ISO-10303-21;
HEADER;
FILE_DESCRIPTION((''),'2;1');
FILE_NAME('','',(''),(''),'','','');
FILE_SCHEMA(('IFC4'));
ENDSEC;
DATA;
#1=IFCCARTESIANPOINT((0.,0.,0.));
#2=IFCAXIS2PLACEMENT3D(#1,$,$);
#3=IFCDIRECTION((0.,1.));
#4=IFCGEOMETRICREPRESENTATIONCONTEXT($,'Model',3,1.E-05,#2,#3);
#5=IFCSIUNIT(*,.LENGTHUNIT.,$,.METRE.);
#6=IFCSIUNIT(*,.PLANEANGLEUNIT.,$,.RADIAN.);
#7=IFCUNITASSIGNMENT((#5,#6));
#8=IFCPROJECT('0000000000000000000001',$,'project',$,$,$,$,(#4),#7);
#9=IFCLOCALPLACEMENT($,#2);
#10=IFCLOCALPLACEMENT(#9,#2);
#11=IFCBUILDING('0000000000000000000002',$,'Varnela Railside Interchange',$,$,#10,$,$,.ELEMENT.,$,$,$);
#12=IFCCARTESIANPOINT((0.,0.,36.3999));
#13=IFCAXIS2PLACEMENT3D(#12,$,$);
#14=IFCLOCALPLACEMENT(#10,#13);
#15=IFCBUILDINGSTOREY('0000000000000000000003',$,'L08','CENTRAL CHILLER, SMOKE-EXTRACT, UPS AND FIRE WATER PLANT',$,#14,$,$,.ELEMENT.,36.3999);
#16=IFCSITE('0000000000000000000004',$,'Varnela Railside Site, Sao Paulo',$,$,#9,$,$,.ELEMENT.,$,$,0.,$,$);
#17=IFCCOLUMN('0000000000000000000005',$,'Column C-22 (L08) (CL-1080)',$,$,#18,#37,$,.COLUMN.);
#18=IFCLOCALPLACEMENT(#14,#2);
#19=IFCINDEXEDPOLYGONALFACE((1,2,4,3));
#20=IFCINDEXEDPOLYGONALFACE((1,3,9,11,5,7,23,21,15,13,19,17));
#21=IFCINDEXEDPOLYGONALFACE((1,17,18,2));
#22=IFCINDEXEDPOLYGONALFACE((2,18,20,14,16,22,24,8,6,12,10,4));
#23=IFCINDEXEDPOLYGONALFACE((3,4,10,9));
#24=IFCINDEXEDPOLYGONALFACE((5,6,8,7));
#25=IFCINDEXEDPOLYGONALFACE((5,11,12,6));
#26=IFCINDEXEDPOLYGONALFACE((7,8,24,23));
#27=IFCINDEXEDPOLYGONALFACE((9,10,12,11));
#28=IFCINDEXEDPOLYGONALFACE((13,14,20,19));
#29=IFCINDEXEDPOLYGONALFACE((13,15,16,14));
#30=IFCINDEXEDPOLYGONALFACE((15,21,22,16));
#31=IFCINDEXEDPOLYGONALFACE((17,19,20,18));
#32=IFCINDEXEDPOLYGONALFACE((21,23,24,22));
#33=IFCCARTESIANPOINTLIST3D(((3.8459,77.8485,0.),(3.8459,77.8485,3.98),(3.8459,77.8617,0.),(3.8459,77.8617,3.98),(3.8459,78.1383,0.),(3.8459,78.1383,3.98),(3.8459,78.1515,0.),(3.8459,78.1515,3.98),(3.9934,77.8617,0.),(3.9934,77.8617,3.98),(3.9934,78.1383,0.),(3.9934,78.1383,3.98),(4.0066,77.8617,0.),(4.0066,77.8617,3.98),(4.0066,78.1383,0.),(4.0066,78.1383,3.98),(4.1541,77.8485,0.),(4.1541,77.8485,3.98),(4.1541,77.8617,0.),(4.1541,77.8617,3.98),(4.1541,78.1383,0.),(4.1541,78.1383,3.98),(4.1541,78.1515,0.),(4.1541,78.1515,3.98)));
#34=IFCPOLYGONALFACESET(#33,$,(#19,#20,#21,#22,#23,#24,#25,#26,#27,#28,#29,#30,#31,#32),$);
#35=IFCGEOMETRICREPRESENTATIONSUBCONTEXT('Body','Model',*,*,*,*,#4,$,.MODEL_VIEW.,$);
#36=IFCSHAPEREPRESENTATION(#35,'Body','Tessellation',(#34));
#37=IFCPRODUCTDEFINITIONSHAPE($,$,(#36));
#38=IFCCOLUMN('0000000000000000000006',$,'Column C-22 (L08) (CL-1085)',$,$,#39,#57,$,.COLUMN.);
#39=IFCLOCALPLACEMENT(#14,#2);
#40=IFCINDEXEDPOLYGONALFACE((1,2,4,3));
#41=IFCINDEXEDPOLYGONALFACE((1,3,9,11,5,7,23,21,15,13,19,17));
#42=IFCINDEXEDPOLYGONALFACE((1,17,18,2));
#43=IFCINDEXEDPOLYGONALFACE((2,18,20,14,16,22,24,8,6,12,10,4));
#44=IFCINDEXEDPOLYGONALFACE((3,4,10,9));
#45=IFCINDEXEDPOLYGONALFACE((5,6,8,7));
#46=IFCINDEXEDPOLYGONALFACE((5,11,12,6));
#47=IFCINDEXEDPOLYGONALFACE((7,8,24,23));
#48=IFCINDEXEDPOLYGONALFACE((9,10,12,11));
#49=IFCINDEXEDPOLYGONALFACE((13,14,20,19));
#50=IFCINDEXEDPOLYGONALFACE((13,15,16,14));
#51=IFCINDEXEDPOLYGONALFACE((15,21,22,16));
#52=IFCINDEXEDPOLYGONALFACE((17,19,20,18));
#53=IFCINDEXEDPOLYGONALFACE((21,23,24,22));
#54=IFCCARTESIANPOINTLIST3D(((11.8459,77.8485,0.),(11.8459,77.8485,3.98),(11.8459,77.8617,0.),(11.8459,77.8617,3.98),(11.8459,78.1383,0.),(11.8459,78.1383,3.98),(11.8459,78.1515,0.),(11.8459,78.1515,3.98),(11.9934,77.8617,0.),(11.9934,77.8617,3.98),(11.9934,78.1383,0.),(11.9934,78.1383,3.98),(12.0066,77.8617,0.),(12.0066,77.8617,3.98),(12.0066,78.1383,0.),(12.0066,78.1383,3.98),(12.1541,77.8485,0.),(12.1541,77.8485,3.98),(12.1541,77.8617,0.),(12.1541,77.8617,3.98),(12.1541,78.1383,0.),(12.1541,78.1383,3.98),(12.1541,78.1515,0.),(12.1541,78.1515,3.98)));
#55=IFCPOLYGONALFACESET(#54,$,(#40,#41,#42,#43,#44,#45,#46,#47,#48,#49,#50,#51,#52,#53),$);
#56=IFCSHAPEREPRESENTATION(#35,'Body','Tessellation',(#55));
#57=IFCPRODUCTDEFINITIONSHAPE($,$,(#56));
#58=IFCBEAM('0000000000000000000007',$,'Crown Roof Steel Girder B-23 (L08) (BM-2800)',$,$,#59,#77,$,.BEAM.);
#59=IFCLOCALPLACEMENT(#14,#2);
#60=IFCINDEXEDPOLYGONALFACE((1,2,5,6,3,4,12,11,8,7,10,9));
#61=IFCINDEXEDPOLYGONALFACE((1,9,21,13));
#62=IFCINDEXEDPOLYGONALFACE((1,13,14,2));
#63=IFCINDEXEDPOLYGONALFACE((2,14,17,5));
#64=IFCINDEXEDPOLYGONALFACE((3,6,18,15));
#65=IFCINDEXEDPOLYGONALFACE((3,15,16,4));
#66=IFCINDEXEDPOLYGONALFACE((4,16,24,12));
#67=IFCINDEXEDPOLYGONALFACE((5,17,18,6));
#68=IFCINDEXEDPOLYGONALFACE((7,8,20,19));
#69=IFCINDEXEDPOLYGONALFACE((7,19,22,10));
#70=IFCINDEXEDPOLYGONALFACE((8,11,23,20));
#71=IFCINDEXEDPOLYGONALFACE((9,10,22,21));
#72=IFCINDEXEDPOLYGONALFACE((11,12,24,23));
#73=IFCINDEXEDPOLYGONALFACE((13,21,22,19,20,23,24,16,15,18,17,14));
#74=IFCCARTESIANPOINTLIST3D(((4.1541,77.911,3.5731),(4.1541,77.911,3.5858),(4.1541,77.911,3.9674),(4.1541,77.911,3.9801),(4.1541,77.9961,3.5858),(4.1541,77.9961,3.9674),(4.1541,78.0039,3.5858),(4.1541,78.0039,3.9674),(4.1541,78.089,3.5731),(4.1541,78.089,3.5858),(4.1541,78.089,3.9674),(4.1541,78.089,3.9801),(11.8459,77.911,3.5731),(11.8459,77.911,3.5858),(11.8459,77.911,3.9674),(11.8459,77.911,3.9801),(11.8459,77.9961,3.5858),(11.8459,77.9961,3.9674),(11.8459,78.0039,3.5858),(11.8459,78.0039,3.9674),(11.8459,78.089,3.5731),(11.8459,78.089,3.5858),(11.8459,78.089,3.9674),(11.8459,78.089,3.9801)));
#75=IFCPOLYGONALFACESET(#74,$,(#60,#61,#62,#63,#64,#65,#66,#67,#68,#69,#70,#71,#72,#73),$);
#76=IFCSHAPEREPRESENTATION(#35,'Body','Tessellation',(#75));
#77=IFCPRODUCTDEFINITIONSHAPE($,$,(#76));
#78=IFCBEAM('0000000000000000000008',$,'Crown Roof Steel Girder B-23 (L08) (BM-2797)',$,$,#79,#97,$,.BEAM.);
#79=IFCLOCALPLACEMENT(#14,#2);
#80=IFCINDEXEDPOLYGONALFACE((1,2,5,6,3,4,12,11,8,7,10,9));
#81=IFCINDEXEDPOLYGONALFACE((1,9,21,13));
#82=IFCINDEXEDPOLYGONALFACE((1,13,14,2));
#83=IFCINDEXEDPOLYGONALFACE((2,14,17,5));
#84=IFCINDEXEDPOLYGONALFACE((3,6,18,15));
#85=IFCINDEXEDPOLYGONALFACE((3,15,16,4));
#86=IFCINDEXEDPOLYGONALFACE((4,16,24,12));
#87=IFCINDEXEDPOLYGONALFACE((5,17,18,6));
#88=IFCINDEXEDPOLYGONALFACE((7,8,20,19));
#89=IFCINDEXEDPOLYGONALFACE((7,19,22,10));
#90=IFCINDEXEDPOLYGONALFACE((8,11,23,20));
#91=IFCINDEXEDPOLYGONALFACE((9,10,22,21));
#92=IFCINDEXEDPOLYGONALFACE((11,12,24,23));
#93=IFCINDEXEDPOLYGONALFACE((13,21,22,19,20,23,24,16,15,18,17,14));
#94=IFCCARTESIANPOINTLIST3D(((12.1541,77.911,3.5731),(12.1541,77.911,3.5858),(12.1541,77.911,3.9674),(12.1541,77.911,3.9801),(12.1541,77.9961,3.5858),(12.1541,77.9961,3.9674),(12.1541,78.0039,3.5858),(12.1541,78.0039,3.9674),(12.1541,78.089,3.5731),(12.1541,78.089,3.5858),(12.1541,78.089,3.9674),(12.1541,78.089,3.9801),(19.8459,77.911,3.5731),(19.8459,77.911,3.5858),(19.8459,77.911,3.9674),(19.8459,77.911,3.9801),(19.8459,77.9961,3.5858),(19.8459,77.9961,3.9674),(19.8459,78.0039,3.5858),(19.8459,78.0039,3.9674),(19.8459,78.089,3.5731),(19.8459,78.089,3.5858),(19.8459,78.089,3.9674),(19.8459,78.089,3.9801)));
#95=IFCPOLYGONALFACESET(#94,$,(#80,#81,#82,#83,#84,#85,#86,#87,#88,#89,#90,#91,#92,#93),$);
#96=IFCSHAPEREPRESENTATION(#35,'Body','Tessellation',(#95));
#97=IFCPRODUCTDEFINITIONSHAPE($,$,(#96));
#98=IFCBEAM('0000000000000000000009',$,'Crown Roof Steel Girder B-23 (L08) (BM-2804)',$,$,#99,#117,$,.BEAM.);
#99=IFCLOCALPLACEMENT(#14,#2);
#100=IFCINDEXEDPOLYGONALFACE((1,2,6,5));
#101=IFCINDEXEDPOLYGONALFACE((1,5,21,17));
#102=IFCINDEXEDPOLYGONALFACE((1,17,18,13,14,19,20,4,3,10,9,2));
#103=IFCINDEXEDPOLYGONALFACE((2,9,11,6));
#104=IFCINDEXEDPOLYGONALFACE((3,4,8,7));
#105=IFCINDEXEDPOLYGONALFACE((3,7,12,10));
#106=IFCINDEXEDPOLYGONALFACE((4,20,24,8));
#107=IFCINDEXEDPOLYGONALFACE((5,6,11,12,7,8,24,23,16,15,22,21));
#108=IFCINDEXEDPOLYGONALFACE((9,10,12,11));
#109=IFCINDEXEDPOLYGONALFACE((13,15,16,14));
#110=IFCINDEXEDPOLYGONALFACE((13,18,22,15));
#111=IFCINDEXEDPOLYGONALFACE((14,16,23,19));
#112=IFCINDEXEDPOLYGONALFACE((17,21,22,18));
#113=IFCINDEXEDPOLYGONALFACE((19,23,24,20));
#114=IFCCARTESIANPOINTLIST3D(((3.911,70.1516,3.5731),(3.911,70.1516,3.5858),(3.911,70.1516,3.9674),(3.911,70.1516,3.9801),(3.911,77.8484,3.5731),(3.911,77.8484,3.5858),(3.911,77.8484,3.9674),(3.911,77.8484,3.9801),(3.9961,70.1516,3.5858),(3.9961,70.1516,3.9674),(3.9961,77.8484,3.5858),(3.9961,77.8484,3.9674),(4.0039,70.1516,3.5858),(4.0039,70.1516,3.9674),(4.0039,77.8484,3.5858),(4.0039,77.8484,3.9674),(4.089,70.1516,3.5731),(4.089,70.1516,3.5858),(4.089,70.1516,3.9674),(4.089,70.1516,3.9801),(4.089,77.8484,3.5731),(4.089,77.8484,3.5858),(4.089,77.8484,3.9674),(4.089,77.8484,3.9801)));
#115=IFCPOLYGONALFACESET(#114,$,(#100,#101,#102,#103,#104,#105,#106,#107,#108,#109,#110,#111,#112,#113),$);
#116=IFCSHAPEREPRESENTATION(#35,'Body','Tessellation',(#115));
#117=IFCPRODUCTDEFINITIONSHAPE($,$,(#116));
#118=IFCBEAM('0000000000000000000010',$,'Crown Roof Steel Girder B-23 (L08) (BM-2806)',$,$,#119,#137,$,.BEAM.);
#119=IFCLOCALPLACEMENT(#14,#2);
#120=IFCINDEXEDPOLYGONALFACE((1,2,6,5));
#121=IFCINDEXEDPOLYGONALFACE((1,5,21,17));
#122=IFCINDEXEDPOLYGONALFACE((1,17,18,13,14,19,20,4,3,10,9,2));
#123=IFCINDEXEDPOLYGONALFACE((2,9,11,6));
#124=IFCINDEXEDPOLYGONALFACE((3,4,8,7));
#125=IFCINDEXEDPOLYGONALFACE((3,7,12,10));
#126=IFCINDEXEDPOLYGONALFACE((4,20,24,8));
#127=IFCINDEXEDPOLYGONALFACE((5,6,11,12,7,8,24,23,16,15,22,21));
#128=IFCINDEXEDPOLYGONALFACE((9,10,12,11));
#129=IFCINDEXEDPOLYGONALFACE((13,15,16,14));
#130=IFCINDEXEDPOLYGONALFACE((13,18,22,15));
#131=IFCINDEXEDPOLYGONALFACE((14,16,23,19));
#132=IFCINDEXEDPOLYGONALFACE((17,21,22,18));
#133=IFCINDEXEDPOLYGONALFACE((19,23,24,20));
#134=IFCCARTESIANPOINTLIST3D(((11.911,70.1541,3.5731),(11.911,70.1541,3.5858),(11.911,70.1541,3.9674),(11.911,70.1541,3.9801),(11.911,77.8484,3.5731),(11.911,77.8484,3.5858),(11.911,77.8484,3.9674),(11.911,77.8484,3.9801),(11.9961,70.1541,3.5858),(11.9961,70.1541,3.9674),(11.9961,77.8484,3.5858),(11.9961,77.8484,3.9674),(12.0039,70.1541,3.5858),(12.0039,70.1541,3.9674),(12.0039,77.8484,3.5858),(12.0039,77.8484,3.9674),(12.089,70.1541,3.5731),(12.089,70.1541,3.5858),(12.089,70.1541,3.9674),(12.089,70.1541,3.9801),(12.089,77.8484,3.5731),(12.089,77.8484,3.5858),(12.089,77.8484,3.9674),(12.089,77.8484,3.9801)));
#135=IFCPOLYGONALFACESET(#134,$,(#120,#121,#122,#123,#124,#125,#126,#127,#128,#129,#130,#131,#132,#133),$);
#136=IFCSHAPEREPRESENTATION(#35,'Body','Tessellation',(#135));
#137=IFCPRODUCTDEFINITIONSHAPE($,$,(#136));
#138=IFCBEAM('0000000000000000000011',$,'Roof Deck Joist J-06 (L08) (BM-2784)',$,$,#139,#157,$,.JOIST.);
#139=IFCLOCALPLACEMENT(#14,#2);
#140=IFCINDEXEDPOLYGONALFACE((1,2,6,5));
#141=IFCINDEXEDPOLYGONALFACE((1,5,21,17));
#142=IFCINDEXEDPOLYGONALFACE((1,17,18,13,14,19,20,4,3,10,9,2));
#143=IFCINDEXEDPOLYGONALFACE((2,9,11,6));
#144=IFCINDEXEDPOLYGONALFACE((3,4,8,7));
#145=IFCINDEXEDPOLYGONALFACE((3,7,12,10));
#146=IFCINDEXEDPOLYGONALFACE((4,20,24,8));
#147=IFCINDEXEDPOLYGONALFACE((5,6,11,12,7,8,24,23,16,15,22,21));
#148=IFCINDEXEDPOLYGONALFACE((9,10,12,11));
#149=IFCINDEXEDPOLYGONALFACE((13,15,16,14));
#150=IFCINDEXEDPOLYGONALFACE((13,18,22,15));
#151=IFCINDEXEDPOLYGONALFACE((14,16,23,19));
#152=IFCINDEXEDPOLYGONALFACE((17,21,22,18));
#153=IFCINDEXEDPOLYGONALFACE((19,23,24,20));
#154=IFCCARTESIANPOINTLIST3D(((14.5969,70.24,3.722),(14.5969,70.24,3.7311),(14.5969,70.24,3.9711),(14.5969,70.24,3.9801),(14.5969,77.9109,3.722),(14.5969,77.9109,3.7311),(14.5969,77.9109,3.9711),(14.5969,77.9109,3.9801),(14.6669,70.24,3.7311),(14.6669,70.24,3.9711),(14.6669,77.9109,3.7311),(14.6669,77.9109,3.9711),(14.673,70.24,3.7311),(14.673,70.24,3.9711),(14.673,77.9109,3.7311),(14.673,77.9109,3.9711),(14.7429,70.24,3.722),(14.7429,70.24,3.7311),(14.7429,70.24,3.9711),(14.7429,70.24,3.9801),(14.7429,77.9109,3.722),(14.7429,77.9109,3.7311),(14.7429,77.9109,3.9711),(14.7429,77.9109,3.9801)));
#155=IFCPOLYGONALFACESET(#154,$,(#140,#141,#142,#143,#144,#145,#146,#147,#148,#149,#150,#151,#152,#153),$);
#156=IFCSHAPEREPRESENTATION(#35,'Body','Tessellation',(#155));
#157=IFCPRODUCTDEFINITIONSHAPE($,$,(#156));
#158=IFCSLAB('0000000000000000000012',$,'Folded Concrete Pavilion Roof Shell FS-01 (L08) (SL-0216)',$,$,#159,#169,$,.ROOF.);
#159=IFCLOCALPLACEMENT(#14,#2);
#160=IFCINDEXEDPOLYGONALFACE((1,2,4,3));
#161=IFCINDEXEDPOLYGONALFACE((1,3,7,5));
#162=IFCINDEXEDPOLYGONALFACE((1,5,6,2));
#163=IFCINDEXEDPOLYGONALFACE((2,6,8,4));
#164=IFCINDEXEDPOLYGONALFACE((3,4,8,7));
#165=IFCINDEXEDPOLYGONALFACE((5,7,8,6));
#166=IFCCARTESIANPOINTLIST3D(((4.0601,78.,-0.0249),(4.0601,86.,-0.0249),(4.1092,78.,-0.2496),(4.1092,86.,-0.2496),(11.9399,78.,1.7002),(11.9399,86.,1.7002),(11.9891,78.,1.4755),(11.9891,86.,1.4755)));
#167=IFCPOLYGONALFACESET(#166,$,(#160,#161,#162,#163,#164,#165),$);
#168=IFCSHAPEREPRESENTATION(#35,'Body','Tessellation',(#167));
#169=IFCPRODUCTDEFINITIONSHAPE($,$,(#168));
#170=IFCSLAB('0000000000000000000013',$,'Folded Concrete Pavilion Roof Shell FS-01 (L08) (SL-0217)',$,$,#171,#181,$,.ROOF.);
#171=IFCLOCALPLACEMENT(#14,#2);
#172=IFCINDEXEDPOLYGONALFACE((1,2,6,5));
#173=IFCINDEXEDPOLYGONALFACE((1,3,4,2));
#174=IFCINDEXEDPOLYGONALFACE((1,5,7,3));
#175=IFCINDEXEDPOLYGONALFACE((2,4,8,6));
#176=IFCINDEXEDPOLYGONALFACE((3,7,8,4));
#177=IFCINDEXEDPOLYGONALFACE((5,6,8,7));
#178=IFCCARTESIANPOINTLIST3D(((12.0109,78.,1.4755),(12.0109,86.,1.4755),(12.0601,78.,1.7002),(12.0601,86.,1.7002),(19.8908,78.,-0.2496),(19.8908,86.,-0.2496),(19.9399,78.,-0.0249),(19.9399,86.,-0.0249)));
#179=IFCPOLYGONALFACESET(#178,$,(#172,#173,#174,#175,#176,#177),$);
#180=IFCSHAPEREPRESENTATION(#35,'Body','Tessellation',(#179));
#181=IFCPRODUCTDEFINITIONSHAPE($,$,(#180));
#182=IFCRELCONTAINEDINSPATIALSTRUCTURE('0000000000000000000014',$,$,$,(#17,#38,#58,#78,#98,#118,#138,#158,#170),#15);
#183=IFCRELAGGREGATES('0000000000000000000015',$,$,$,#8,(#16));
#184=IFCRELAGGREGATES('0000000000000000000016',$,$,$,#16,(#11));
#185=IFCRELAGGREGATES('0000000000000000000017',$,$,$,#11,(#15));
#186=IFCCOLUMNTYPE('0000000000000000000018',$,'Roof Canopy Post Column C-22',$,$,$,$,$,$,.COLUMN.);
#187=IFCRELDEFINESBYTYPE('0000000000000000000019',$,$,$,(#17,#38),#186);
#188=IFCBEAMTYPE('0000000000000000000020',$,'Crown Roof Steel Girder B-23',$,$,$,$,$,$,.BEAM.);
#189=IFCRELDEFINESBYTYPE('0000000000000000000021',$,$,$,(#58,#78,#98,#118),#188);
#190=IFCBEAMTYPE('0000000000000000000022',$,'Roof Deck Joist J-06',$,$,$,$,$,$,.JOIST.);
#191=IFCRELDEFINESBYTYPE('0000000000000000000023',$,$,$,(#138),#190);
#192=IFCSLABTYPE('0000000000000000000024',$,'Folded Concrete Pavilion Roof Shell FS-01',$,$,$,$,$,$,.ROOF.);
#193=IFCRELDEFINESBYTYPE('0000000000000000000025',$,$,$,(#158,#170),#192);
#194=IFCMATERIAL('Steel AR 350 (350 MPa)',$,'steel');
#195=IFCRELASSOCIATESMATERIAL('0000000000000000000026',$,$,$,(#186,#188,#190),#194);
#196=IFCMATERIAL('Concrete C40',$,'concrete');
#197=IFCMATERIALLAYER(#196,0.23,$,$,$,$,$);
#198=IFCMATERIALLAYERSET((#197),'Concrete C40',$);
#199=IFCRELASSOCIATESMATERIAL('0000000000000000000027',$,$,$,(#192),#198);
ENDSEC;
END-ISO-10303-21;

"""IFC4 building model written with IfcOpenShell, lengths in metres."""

from ifc_helpers import new_model, si_unit, direction, frame, origin, origin_2d, place, context, subcontext, project, spatial, polyline, i_section, outline, extrude, material, layer, layer_set, material_profile, profile_set, type_object, element, save


model = new_model("IFC4")

# Units and contexts
model_context = context("Model", 3, precision=1e-05, world=origin(), true_north=direction((0.0, 1.0)))
body_context = subcontext(model_context, "Body", "Model", "MODEL_VIEW")
ifc_project = project(units=[si_unit("LENGTHUNIT", "METRE"), si_unit("PLANEANGLEUNIT", "RADIAN")], contexts=[model_context])

# Site, building, storey
site_placement = place(None, origin())
site = spatial("IfcSite", under=ifc_project, at=site_placement, Name="Varnela Railside Site, Sao Paulo", CompositionType="ELEMENT", RefElevation=0.0)
building_placement = place(site_placement, origin())
building = spatial("IfcBuilding", under=site, at=building_placement, Name="Varnela Railside Interchange", CompositionType="ELEMENT")
storey_placement = place(building_placement, frame((0.0, 0.0, 36.3999)))
storey = spatial("IfcBuildingStorey", under=building, at=storey_placement, Name="L08", Description="CENTRAL CHILLER, SMOKE-EXTRACT, UPS AND FIRE WATER PLANT", CompositionType="ELEMENT", Elevation=36.3999)

# Columns
ifc_material_1 = material(Name="Steel AR 350 (350 MPa)", Category="steel")
ifc_material_profile_1 = material_profile(ifc_material_1, i_section(OverallWidth=0.3081, OverallDepth=0.303, WebThickness=0.0132, FlangeThickness=0.0132, at=origin_2d()), Name="HP310x93")
ifc_profile_set_1 = profile_set([ifc_material_profile_1], Name="Steel AR 350 (350 MPa)")
column_type = type_object("IfcColumnType", Name="Roof Canopy Post Column C-22", PredefinedType="COLUMN", material=ifc_profile_set_1)
for number, where, z_axis, x_axis, name in (
    (1, (4.0, 78.0, 0.0), (0.0, 0.0, 1.0), (1.0, 0.0, 0.0), "Column C-22 (L08) (CL-1080)"),
    (2, (12.0, 78.0, 0.0), (0.0, 0.0, 1.0), (1.0, 0.0, 0.0), "Column C-22 (L08) (CL-1085)"),
):
    element("IfcColumn", number, at=place(storey_placement, frame(where, z_axis=z_axis, x_axis=x_axis)), inside=storey, type_object=column_type, Name=name, PredefinedType="COLUMN", context=body_context, shape_type="SweptSolid", body=[
        extrude(i_section(OverallWidth=0.3081, OverallDepth=0.303, WebThickness=0.0132, FlangeThickness=0.0132, at=origin_2d()), origin(), (0.0, 0.0, 1.0), 3.98),
    ])

# Beams
ifc_material_profile_2 = material_profile(ifc_material_1, i_section(OverallWidth=0.178, OverallDepth=0.407, WebThickness=0.0078, FlangeThickness=0.0127, at=origin_2d()), Name="W410x60")
ifc_profile_set_2 = profile_set([ifc_material_profile_2], Name="Steel AR 350 (350 MPa)")
beam_type_1 = type_object("IfcBeamType", Name="Crown Roof Steel Girder B-23", PredefinedType="BEAM", material=ifc_profile_set_2)
for number, where, z_axis, x_axis, name in (
    (3, (4.1541, 78.0, 3.7766), (1.0, 0.0, 0.0), (0.0, 1.0, 0.0), "Crown Roof Steel Girder B-23 (L08) (BM-2800)"),
    (4, (12.1541, 78.0, 3.7766), (1.0, 0.0, 0.0), (0.0, 1.0, 0.0), "Crown Roof Steel Girder B-23 (L08) (BM-2797)"),
):
    element("IfcBeam", number, at=place(storey_placement, frame(where, z_axis=z_axis, x_axis=x_axis)), inside=storey, type_object=beam_type_1, Name=name, PredefinedType="BEAM", context=body_context, shape_type="SweptSolid", body=[
        extrude(i_section(OverallWidth=0.178, OverallDepth=0.407, WebThickness=0.0078, FlangeThickness=0.0127, at=origin_2d()), origin(), (0.0, 0.0, 1.0), 7.6919),
    ])
beam_1_placement = place(storey_placement, frame((4.0, 70.1516, 3.7766), z_axis=(0.0, 1.0, 0.0), x_axis=(-1.0, 0.0, 0.0)))
element("IfcBeam", 5, at=beam_1_placement, inside=storey, type_object=beam_type_1, Name="Crown Roof Steel Girder B-23 (L08) (BM-2804)", PredefinedType="BEAM", context=body_context, shape_type="SweptSolid", body=[
    extrude(i_section(OverallWidth=0.178, OverallDepth=0.407, WebThickness=0.0078, FlangeThickness=0.0127, at=origin_2d()), origin(), (0.0, 0.0, 1.0), 7.6968),
])
beam_2_placement = place(storey_placement, frame((12.0, 70.1541, 3.7766), z_axis=(0.0, 1.0, 0.0), x_axis=(-1.0, 0.0, 0.0)))
element("IfcBeam", 6, at=beam_2_placement, inside=storey, type_object=beam_type_1, Name="Crown Roof Steel Girder B-23 (L08) (BM-2806)", PredefinedType="BEAM", context=body_context, shape_type="SweptSolid", body=[
    extrude(i_section(OverallWidth=0.178, OverallDepth=0.407, WebThickness=0.0078, FlangeThickness=0.0127, at=origin_2d()), origin(), (0.0, 0.0, 1.0), 7.6943),
])
ifc_material_profile_3 = material_profile(ifc_material_1, i_section(OverallWidth=0.146, OverallDepth=0.2581, WebThickness=0.0061, FlangeThickness=0.009, at=origin_2d()), Name="W250x32.7")
ifc_profile_set_3 = profile_set([ifc_material_profile_3], Name="Steel AR 350 (350 MPa)")
beam_type_2 = type_object("IfcBeamType", Name="Roof Deck Joist J-06", PredefinedType="JOIST", material=ifc_profile_set_3)
beam_3_placement = place(storey_placement, frame((14.6699, 70.24, 3.8511), z_axis=(0.0, 1.0, 0.0), x_axis=(-1.0, 0.0, 0.0)))
element("IfcBeam", 7, at=beam_3_placement, inside=storey, type_object=beam_type_2, Name="Roof Deck Joist J-06 (L08) (BM-2784)", PredefinedType="JOIST", context=body_context, shape_type="SweptSolid", body=[
    extrude(i_section(OverallWidth=0.146, OverallDepth=0.2581, WebThickness=0.0061, FlangeThickness=0.009, at=origin_2d()), origin(), (0.0, 0.0, 1.0), 7.6709),
])

# Slabs
ifc_material_2 = material(Name="Concrete C40", Category="concrete")
ifc_layer_1 = layer(ifc_material_2, 0.23)
ifc_layer_set_1 = layer_set([ifc_layer_1], Name="Concrete C40")
slab_type = type_object("IfcSlabType", Name="Folded Concrete Pavilion Roof Shell FS-01", PredefinedType="ROOF", material=ifc_layer_set_1)
for number, where, z_axis, x_axis, name in (
    (8, (4.0601, 78.0, -0.0249), (-0.213859, 0.0, 0.976864), (0.976864, 0.0, 0.213859), "Folded Concrete Pavilion Roof Shell FS-01 (L08) (SL-0216)"),
    (9, (12.0601, 78.0, 1.7002), (0.213859, 0.0, 0.976864), (0.976864, 0.0, -0.213859), "Folded Concrete Pavilion Roof Shell FS-01 (L08) (SL-0217)"),
):
    element("IfcSlab", number, at=place(storey_placement, frame(where, z_axis=z_axis, x_axis=x_axis)), inside=storey, type_object=slab_type, Name=name, PredefinedType="ROOF", context=body_context, shape_type="SweptSolid", body=[
        extrude(outline(polyline([(0.0, 0.0), (8.0665, 0.0), (8.0665, 8.0), (0.0, 8.0), (0.0, 0.0)])), origin(), (0.0, 0.0, -1.0), 0.23),
    ])

save(model, "model.ifc")
